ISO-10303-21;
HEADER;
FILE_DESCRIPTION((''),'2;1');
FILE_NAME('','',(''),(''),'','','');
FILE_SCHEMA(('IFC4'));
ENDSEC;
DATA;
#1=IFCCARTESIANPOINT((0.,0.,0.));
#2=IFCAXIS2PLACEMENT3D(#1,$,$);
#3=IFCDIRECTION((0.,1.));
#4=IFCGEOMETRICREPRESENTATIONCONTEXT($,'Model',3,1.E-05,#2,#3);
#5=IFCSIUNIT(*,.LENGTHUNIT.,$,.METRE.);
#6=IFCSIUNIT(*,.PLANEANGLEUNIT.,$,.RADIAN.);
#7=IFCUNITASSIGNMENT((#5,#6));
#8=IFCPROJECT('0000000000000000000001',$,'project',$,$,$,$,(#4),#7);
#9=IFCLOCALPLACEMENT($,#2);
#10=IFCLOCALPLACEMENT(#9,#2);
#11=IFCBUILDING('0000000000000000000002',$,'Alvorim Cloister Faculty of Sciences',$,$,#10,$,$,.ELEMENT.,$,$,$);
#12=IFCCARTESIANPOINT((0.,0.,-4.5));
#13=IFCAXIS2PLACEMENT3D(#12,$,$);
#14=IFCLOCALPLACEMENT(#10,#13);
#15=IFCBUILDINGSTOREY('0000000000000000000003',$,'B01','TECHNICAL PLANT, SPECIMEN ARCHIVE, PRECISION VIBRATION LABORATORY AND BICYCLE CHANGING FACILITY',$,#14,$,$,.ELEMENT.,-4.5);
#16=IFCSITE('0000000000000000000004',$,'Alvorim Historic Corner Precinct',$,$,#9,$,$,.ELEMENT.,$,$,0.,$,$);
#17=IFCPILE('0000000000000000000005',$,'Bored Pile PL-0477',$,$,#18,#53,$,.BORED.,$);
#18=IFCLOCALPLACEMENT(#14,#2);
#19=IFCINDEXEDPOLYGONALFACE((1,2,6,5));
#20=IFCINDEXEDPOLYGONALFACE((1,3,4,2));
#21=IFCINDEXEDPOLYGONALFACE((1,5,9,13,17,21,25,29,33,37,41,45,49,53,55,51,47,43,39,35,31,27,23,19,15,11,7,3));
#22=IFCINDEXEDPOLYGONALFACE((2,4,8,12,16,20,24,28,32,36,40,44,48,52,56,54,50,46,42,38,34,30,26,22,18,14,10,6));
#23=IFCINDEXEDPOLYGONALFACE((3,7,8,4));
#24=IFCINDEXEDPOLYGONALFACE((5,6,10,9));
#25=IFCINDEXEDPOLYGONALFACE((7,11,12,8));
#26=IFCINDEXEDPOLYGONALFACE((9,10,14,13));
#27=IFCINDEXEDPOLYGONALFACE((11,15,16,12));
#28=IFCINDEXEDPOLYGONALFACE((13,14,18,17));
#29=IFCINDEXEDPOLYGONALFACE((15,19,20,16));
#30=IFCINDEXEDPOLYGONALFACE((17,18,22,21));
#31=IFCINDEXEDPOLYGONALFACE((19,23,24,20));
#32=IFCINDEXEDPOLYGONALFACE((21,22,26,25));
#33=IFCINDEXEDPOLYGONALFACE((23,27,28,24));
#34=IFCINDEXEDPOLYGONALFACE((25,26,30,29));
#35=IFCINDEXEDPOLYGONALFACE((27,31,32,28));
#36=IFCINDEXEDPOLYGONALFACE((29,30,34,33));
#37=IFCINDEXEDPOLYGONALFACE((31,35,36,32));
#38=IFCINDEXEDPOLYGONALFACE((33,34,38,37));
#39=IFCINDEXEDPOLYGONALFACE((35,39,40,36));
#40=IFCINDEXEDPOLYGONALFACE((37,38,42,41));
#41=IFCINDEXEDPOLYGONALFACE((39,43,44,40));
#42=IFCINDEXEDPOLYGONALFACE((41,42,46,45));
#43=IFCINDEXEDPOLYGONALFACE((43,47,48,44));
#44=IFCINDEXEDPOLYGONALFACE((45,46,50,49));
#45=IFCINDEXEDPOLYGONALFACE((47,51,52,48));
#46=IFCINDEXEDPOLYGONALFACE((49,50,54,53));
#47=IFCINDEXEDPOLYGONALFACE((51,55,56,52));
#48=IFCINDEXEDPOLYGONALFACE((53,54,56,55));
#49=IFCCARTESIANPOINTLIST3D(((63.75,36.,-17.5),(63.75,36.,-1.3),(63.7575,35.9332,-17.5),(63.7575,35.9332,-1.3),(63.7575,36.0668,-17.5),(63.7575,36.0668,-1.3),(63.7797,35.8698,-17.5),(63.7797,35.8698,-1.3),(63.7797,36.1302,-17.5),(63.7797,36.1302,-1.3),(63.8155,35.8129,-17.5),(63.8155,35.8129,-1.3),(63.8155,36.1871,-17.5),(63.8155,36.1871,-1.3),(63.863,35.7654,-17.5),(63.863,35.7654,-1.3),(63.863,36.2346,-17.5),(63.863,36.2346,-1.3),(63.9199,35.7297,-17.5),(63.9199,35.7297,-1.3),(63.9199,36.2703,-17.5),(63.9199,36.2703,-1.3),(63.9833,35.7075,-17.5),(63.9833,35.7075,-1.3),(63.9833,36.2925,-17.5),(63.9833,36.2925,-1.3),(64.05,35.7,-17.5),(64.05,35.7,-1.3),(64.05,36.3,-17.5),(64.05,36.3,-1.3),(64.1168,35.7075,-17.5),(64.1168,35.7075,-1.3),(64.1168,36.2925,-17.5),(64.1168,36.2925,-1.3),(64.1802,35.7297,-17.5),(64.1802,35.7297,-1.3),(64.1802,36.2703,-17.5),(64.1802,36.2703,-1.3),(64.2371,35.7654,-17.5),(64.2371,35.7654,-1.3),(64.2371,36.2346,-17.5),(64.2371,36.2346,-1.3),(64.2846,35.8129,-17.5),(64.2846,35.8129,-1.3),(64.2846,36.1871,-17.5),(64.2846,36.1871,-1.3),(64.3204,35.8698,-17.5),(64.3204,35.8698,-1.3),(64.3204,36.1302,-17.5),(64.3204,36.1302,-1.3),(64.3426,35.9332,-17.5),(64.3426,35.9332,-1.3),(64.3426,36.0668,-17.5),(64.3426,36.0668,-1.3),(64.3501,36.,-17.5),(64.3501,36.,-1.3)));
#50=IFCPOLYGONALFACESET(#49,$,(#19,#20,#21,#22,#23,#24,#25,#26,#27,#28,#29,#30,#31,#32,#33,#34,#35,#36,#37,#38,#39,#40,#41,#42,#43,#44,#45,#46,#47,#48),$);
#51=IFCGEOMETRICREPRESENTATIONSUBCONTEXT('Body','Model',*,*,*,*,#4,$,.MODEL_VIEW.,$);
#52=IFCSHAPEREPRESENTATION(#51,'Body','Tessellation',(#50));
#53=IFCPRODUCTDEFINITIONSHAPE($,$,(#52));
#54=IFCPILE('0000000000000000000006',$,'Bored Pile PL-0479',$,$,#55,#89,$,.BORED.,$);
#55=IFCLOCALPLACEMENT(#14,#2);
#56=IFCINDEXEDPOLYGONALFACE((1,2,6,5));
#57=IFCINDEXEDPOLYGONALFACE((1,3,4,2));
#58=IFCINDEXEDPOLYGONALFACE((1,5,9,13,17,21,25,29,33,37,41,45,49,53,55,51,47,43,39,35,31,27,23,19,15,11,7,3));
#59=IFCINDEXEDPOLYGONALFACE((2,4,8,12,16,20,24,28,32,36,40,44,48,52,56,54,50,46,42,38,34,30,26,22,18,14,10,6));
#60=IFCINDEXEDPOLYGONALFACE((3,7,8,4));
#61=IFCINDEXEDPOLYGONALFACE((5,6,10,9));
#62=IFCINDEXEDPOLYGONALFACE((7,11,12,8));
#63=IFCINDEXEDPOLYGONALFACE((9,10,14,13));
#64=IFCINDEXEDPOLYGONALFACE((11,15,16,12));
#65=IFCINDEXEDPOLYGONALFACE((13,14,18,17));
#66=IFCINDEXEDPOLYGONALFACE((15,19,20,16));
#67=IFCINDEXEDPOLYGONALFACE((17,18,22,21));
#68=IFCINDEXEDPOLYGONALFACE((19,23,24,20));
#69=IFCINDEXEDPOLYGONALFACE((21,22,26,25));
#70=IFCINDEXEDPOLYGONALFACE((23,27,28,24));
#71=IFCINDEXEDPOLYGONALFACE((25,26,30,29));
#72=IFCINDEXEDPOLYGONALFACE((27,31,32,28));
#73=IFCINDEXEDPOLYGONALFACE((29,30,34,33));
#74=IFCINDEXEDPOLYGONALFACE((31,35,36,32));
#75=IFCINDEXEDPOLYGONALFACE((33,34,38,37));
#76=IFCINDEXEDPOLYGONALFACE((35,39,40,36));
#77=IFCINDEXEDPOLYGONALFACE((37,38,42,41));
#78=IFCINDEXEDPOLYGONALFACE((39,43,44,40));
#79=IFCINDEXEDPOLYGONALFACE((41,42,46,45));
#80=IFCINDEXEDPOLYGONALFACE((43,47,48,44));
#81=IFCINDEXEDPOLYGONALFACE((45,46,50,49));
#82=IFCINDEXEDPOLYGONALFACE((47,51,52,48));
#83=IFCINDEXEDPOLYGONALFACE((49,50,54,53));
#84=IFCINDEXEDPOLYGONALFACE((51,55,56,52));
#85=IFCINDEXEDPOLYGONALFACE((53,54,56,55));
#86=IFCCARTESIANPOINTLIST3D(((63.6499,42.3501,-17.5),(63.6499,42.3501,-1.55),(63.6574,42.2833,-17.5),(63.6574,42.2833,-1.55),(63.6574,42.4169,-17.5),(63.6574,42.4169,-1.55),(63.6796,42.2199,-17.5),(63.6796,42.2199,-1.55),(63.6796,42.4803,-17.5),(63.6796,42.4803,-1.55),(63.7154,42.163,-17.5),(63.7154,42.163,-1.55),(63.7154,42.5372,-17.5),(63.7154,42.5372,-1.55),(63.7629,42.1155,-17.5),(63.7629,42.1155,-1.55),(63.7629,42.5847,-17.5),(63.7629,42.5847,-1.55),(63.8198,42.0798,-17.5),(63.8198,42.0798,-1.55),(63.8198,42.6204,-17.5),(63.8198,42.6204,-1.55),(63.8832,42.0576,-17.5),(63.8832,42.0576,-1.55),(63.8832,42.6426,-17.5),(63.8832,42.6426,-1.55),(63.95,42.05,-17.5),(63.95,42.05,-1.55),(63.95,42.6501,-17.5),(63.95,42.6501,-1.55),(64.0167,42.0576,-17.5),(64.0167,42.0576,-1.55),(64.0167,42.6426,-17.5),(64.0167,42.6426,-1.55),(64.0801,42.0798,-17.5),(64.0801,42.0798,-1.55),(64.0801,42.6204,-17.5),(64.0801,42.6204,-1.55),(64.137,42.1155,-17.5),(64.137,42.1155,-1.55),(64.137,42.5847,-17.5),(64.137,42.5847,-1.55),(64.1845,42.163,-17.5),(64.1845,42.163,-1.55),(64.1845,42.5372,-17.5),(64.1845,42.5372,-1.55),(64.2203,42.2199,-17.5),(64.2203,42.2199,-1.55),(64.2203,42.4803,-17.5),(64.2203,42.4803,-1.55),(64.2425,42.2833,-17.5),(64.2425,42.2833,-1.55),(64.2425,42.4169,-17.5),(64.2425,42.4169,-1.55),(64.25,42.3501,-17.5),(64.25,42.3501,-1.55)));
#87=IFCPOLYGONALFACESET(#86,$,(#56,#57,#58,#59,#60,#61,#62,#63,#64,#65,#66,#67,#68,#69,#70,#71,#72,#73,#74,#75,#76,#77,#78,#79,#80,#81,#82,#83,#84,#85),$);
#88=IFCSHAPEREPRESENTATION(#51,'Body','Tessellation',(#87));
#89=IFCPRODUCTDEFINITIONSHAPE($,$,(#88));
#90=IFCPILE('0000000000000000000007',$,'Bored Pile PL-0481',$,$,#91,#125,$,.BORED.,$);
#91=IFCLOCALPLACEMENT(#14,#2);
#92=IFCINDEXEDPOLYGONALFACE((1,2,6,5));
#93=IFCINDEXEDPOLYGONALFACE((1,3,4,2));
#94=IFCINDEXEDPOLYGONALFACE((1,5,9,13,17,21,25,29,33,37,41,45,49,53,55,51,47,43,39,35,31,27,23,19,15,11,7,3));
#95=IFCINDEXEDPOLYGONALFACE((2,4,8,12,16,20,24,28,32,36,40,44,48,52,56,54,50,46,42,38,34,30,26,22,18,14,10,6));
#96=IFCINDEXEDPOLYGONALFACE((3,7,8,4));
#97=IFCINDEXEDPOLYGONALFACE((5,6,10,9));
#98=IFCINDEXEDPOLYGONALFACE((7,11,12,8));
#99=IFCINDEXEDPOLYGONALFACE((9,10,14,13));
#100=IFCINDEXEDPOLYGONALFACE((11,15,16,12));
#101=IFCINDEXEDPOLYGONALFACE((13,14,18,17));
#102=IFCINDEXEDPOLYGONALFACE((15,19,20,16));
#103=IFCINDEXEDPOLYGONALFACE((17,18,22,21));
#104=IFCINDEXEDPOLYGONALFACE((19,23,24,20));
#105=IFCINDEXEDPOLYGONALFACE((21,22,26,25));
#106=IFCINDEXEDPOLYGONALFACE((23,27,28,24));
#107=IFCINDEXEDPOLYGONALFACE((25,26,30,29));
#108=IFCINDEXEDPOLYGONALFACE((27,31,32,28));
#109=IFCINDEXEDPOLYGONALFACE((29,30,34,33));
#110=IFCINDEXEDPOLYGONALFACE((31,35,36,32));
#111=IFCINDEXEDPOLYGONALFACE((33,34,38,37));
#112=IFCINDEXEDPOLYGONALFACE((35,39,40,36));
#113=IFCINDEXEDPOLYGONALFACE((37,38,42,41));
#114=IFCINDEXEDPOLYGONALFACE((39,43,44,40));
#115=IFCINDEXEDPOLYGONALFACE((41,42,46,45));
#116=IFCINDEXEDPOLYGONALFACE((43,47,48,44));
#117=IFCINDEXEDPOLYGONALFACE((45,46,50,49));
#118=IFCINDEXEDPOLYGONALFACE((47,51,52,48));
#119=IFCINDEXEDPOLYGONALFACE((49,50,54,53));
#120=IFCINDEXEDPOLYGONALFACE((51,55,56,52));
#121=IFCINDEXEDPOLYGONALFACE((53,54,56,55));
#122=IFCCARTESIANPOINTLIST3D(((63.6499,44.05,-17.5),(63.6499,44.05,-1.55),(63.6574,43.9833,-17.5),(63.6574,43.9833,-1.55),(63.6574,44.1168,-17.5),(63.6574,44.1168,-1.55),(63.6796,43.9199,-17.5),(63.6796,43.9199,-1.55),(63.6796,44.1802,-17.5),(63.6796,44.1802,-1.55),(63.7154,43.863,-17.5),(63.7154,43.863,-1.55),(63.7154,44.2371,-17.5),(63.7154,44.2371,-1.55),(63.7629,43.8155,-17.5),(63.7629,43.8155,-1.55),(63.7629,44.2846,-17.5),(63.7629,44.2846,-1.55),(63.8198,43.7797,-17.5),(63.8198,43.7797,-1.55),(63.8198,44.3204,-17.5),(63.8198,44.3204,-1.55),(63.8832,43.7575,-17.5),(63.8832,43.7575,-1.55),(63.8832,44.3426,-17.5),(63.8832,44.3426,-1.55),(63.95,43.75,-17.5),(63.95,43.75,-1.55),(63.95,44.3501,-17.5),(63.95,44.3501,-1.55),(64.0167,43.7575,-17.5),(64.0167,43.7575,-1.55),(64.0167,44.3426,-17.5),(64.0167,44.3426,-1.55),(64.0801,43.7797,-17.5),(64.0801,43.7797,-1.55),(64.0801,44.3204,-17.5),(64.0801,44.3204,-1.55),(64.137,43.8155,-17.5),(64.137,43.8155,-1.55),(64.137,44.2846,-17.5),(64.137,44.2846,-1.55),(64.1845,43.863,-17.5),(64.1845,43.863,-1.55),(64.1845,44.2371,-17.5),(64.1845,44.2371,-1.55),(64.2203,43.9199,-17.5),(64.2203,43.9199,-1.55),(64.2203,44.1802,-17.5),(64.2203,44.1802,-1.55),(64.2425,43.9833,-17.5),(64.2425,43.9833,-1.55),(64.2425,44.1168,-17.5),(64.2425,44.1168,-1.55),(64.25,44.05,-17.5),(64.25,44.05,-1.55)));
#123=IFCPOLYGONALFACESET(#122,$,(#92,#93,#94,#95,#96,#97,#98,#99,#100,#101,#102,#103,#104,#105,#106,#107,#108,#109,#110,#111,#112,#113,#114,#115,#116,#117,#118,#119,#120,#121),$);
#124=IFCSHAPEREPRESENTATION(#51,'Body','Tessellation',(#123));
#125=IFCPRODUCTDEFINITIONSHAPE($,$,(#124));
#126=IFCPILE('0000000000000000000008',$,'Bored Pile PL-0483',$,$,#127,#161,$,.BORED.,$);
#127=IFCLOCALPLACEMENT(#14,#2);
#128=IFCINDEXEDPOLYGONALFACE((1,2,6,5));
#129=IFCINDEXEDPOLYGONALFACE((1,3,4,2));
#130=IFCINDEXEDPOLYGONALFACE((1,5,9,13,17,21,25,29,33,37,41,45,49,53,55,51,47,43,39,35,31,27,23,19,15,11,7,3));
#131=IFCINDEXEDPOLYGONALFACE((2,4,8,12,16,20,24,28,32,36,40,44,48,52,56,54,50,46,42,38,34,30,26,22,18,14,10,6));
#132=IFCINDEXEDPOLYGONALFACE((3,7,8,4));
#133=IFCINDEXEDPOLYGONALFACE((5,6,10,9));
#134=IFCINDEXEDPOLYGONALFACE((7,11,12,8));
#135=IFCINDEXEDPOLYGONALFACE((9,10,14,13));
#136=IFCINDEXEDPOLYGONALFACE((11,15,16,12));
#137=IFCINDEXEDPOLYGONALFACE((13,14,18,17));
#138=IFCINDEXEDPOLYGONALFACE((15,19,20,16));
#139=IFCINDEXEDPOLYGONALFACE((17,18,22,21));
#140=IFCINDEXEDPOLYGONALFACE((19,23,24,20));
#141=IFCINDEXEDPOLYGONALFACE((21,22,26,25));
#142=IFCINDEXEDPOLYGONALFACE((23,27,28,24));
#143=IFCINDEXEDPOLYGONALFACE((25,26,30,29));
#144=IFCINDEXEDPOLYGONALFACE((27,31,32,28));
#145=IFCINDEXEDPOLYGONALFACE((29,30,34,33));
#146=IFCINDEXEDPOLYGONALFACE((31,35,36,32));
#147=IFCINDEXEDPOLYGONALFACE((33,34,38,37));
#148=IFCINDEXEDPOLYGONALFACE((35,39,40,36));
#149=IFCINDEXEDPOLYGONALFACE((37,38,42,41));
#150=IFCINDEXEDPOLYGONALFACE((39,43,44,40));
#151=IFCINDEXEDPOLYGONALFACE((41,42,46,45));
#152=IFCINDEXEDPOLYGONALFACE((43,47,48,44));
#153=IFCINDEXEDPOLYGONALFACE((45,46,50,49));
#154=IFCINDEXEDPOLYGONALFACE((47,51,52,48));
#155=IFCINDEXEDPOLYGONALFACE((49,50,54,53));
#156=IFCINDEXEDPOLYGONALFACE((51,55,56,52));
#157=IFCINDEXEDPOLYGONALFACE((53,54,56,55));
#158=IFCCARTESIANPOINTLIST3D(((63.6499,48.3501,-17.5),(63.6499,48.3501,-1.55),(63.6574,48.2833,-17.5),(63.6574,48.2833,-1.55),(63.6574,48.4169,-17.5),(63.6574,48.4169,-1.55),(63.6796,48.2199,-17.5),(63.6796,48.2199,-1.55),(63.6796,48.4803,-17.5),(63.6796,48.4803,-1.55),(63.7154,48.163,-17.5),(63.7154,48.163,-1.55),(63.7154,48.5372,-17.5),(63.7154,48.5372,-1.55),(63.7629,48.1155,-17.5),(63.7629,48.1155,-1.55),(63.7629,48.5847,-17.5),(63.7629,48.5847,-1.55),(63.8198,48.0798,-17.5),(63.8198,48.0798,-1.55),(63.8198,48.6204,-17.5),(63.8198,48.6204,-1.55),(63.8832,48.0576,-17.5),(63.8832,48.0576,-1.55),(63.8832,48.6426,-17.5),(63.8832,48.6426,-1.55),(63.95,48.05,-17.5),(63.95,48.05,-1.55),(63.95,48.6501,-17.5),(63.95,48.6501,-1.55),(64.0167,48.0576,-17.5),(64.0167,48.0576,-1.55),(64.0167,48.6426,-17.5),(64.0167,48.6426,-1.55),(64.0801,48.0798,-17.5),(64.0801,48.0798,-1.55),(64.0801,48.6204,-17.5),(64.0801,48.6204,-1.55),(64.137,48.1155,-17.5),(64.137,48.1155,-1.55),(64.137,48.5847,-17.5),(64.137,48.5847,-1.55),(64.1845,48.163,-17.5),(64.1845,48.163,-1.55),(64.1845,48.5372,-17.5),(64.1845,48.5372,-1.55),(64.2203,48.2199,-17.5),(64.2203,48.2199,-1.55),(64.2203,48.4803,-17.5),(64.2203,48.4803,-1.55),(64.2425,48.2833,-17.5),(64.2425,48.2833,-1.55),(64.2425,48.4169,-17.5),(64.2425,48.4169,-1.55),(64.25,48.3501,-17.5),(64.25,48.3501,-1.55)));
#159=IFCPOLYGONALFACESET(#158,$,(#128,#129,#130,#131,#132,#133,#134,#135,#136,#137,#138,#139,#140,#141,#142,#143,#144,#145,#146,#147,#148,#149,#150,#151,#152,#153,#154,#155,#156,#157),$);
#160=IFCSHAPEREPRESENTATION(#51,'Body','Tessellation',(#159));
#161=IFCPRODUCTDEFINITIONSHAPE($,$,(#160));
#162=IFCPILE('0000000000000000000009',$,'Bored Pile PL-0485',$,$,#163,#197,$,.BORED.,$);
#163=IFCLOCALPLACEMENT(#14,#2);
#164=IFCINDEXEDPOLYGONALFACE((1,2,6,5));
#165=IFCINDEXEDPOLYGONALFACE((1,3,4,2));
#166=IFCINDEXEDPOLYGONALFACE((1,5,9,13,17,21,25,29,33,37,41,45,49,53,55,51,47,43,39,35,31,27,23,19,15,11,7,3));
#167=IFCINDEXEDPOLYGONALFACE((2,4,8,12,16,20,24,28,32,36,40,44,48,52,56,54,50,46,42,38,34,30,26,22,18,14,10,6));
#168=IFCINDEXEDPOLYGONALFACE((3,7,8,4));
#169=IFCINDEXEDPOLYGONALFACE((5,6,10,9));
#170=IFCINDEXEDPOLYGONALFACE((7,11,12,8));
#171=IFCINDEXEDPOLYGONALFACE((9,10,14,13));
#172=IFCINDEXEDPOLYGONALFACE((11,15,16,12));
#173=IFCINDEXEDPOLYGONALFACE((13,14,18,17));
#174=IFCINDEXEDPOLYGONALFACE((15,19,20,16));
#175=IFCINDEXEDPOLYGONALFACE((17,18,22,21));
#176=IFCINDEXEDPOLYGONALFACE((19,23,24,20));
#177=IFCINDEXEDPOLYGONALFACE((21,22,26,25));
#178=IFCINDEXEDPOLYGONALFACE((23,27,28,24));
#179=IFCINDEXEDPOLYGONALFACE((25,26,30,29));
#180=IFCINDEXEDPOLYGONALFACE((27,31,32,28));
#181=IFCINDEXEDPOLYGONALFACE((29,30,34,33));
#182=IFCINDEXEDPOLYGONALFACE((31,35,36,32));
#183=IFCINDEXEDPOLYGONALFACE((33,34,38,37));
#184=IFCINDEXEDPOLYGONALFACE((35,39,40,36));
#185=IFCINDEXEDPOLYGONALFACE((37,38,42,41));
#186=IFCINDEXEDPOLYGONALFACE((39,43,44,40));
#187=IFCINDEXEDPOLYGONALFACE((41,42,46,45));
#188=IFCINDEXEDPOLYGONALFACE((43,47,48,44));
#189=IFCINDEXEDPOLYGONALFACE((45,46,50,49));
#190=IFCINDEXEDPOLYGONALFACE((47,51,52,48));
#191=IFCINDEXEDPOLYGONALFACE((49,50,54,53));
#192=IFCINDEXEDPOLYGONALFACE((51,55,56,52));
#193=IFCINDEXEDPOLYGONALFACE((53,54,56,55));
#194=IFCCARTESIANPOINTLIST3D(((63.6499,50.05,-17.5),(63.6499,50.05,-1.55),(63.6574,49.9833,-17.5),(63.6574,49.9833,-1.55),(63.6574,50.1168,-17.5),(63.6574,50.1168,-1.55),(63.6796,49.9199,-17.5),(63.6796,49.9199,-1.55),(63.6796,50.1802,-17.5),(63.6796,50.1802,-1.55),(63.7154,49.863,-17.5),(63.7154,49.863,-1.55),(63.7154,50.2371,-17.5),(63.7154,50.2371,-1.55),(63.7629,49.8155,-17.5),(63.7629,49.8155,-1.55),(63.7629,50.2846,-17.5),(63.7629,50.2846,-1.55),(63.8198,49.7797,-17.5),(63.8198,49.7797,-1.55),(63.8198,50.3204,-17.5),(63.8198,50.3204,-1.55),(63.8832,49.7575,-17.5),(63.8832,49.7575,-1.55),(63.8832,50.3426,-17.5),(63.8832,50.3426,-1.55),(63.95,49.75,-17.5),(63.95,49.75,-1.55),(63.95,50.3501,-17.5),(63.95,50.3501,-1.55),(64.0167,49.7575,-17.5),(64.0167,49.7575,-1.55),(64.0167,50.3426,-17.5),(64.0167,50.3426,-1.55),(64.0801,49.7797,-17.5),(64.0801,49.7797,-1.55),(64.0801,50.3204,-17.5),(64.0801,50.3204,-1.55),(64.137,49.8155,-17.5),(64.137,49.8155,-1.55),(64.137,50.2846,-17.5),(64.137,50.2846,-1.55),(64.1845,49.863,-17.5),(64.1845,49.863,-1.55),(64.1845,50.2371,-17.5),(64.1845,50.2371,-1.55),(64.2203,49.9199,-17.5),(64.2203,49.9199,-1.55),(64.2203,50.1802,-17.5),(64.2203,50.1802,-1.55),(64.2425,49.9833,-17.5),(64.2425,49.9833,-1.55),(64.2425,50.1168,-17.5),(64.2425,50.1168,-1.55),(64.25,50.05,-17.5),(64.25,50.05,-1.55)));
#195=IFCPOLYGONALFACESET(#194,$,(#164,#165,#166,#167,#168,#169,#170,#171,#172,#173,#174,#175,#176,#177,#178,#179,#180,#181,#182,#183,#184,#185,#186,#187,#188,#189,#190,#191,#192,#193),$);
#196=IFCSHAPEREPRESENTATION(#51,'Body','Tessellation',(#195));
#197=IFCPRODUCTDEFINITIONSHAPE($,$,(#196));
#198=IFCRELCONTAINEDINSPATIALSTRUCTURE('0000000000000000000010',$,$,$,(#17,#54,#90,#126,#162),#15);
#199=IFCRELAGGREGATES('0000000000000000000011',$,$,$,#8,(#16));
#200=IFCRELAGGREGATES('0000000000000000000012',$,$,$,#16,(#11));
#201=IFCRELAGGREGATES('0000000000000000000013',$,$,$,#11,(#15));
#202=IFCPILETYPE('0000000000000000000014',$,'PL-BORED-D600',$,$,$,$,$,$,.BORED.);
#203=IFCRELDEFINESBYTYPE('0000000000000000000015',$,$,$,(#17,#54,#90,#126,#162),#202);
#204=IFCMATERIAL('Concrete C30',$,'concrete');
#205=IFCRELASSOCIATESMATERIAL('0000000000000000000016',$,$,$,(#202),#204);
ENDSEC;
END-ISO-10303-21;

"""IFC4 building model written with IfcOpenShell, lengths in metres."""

from ifc_helpers import new_model, si_unit, direction, frame, origin, origin_2d, place, context, subcontext, project, spatial, circle, extrude, material, material_profile, profile_set, type_object, element, save


model = new_model("IFC4")

# Units and contexts
model_context = context("Model", 3, precision=1e-05, world=origin(), true_north=direction((0.0, 1.0)))
body_context = subcontext(model_context, "Body", "Model", "MODEL_VIEW")
ifc_project = project(units=[si_unit("LENGTHUNIT", "METRE"), si_unit("PLANEANGLEUNIT", "RADIAN")], contexts=[model_context])

# Site, building, storey
site_placement = place(None, origin())
site = spatial("IfcSite", under=ifc_project, at=site_placement, Name="Alvorim Historic Corner Precinct", CompositionType="ELEMENT", RefElevation=0.0)
building_placement = place(site_placement, origin())
building = spatial("IfcBuilding", under=site, at=building_placement, Name="Alvorim Cloister Faculty of Sciences", CompositionType="ELEMENT")
storey_placement = place(building_placement, frame((0.0, 0.0, -4.5)))
storey = spatial("IfcBuildingStorey", under=building, at=storey_placement, Name="B01", Description="TECHNICAL PLANT, SPECIMEN ARCHIVE, PRECISION VIBRATION LABORATORY AND BICYCLE CHANGING FACILITY", CompositionType="ELEMENT", Elevation=-4.5)

# Piles
ifc_material_1 = material(Name="Concrete C30", Category="concrete")
ifc_material_profile_1 = material_profile(ifc_material_1, circle(Radius=0.3, at=origin_2d()), Name="PILE-D600")
ifc_profile_set_1 = profile_set([ifc_material_profile_1], Name="Concrete C30")
pile_type_1 = type_object("IfcPileType", Name="PL-BORED-D600", PredefinedType="BORED", material=ifc_profile_set_1)
pile_1_placement = place(storey_placement, frame((64.05, 36.0, -1.3), z_axis=(0.0, 0.0, -1.0), x_axis=(1.0, 0.0, 0.0)))
element("IfcPile", 1, at=pile_1_placement, inside=storey, type_object=pile_type_1, Name="Bored Pile PL-0477", PredefinedType="BORED", context=body_context, shape_type="SweptSolid", body=[
    extrude(circle(Radius=0.3, at=origin_2d()), origin(), (0.0, 0.0, 1.0), 16.2),
])
for number, where, z_axis, x_axis, name in (
    (2, (63.95, 42.3501, -1.55), (0.0, 0.0, -1.0), (1.0, 0.0, 0.0), "Bored Pile PL-0479"),
    (3, (63.95, 44.05, -1.55), (0.0, 0.0, -1.0), (1.0, 0.0, 0.0), "Bored Pile PL-0481"),
    (4, (63.95, 48.3501, -1.55), (0.0, 0.0, -1.0), (1.0, 0.0, 0.0), "Bored Pile PL-0483"),
    (5, (63.95, 50.05, -1.55), (0.0, 0.0, -1.0), (1.0, 0.0, 0.0), "Bored Pile PL-0485"),
):
    element("IfcPile", number, at=place(storey_placement, frame(where, z_axis=z_axis, x_axis=x_axis)), inside=storey, type_object=pile_type_1, Name=name, PredefinedType="BORED", context=body_context, shape_type="SweptSolid", body=[
        extrude(circle(Radius=0.3, at=origin_2d()), origin(), (0.0, 0.0, 1.0), 15.95),
    ])

save(model, "model.ifc")
